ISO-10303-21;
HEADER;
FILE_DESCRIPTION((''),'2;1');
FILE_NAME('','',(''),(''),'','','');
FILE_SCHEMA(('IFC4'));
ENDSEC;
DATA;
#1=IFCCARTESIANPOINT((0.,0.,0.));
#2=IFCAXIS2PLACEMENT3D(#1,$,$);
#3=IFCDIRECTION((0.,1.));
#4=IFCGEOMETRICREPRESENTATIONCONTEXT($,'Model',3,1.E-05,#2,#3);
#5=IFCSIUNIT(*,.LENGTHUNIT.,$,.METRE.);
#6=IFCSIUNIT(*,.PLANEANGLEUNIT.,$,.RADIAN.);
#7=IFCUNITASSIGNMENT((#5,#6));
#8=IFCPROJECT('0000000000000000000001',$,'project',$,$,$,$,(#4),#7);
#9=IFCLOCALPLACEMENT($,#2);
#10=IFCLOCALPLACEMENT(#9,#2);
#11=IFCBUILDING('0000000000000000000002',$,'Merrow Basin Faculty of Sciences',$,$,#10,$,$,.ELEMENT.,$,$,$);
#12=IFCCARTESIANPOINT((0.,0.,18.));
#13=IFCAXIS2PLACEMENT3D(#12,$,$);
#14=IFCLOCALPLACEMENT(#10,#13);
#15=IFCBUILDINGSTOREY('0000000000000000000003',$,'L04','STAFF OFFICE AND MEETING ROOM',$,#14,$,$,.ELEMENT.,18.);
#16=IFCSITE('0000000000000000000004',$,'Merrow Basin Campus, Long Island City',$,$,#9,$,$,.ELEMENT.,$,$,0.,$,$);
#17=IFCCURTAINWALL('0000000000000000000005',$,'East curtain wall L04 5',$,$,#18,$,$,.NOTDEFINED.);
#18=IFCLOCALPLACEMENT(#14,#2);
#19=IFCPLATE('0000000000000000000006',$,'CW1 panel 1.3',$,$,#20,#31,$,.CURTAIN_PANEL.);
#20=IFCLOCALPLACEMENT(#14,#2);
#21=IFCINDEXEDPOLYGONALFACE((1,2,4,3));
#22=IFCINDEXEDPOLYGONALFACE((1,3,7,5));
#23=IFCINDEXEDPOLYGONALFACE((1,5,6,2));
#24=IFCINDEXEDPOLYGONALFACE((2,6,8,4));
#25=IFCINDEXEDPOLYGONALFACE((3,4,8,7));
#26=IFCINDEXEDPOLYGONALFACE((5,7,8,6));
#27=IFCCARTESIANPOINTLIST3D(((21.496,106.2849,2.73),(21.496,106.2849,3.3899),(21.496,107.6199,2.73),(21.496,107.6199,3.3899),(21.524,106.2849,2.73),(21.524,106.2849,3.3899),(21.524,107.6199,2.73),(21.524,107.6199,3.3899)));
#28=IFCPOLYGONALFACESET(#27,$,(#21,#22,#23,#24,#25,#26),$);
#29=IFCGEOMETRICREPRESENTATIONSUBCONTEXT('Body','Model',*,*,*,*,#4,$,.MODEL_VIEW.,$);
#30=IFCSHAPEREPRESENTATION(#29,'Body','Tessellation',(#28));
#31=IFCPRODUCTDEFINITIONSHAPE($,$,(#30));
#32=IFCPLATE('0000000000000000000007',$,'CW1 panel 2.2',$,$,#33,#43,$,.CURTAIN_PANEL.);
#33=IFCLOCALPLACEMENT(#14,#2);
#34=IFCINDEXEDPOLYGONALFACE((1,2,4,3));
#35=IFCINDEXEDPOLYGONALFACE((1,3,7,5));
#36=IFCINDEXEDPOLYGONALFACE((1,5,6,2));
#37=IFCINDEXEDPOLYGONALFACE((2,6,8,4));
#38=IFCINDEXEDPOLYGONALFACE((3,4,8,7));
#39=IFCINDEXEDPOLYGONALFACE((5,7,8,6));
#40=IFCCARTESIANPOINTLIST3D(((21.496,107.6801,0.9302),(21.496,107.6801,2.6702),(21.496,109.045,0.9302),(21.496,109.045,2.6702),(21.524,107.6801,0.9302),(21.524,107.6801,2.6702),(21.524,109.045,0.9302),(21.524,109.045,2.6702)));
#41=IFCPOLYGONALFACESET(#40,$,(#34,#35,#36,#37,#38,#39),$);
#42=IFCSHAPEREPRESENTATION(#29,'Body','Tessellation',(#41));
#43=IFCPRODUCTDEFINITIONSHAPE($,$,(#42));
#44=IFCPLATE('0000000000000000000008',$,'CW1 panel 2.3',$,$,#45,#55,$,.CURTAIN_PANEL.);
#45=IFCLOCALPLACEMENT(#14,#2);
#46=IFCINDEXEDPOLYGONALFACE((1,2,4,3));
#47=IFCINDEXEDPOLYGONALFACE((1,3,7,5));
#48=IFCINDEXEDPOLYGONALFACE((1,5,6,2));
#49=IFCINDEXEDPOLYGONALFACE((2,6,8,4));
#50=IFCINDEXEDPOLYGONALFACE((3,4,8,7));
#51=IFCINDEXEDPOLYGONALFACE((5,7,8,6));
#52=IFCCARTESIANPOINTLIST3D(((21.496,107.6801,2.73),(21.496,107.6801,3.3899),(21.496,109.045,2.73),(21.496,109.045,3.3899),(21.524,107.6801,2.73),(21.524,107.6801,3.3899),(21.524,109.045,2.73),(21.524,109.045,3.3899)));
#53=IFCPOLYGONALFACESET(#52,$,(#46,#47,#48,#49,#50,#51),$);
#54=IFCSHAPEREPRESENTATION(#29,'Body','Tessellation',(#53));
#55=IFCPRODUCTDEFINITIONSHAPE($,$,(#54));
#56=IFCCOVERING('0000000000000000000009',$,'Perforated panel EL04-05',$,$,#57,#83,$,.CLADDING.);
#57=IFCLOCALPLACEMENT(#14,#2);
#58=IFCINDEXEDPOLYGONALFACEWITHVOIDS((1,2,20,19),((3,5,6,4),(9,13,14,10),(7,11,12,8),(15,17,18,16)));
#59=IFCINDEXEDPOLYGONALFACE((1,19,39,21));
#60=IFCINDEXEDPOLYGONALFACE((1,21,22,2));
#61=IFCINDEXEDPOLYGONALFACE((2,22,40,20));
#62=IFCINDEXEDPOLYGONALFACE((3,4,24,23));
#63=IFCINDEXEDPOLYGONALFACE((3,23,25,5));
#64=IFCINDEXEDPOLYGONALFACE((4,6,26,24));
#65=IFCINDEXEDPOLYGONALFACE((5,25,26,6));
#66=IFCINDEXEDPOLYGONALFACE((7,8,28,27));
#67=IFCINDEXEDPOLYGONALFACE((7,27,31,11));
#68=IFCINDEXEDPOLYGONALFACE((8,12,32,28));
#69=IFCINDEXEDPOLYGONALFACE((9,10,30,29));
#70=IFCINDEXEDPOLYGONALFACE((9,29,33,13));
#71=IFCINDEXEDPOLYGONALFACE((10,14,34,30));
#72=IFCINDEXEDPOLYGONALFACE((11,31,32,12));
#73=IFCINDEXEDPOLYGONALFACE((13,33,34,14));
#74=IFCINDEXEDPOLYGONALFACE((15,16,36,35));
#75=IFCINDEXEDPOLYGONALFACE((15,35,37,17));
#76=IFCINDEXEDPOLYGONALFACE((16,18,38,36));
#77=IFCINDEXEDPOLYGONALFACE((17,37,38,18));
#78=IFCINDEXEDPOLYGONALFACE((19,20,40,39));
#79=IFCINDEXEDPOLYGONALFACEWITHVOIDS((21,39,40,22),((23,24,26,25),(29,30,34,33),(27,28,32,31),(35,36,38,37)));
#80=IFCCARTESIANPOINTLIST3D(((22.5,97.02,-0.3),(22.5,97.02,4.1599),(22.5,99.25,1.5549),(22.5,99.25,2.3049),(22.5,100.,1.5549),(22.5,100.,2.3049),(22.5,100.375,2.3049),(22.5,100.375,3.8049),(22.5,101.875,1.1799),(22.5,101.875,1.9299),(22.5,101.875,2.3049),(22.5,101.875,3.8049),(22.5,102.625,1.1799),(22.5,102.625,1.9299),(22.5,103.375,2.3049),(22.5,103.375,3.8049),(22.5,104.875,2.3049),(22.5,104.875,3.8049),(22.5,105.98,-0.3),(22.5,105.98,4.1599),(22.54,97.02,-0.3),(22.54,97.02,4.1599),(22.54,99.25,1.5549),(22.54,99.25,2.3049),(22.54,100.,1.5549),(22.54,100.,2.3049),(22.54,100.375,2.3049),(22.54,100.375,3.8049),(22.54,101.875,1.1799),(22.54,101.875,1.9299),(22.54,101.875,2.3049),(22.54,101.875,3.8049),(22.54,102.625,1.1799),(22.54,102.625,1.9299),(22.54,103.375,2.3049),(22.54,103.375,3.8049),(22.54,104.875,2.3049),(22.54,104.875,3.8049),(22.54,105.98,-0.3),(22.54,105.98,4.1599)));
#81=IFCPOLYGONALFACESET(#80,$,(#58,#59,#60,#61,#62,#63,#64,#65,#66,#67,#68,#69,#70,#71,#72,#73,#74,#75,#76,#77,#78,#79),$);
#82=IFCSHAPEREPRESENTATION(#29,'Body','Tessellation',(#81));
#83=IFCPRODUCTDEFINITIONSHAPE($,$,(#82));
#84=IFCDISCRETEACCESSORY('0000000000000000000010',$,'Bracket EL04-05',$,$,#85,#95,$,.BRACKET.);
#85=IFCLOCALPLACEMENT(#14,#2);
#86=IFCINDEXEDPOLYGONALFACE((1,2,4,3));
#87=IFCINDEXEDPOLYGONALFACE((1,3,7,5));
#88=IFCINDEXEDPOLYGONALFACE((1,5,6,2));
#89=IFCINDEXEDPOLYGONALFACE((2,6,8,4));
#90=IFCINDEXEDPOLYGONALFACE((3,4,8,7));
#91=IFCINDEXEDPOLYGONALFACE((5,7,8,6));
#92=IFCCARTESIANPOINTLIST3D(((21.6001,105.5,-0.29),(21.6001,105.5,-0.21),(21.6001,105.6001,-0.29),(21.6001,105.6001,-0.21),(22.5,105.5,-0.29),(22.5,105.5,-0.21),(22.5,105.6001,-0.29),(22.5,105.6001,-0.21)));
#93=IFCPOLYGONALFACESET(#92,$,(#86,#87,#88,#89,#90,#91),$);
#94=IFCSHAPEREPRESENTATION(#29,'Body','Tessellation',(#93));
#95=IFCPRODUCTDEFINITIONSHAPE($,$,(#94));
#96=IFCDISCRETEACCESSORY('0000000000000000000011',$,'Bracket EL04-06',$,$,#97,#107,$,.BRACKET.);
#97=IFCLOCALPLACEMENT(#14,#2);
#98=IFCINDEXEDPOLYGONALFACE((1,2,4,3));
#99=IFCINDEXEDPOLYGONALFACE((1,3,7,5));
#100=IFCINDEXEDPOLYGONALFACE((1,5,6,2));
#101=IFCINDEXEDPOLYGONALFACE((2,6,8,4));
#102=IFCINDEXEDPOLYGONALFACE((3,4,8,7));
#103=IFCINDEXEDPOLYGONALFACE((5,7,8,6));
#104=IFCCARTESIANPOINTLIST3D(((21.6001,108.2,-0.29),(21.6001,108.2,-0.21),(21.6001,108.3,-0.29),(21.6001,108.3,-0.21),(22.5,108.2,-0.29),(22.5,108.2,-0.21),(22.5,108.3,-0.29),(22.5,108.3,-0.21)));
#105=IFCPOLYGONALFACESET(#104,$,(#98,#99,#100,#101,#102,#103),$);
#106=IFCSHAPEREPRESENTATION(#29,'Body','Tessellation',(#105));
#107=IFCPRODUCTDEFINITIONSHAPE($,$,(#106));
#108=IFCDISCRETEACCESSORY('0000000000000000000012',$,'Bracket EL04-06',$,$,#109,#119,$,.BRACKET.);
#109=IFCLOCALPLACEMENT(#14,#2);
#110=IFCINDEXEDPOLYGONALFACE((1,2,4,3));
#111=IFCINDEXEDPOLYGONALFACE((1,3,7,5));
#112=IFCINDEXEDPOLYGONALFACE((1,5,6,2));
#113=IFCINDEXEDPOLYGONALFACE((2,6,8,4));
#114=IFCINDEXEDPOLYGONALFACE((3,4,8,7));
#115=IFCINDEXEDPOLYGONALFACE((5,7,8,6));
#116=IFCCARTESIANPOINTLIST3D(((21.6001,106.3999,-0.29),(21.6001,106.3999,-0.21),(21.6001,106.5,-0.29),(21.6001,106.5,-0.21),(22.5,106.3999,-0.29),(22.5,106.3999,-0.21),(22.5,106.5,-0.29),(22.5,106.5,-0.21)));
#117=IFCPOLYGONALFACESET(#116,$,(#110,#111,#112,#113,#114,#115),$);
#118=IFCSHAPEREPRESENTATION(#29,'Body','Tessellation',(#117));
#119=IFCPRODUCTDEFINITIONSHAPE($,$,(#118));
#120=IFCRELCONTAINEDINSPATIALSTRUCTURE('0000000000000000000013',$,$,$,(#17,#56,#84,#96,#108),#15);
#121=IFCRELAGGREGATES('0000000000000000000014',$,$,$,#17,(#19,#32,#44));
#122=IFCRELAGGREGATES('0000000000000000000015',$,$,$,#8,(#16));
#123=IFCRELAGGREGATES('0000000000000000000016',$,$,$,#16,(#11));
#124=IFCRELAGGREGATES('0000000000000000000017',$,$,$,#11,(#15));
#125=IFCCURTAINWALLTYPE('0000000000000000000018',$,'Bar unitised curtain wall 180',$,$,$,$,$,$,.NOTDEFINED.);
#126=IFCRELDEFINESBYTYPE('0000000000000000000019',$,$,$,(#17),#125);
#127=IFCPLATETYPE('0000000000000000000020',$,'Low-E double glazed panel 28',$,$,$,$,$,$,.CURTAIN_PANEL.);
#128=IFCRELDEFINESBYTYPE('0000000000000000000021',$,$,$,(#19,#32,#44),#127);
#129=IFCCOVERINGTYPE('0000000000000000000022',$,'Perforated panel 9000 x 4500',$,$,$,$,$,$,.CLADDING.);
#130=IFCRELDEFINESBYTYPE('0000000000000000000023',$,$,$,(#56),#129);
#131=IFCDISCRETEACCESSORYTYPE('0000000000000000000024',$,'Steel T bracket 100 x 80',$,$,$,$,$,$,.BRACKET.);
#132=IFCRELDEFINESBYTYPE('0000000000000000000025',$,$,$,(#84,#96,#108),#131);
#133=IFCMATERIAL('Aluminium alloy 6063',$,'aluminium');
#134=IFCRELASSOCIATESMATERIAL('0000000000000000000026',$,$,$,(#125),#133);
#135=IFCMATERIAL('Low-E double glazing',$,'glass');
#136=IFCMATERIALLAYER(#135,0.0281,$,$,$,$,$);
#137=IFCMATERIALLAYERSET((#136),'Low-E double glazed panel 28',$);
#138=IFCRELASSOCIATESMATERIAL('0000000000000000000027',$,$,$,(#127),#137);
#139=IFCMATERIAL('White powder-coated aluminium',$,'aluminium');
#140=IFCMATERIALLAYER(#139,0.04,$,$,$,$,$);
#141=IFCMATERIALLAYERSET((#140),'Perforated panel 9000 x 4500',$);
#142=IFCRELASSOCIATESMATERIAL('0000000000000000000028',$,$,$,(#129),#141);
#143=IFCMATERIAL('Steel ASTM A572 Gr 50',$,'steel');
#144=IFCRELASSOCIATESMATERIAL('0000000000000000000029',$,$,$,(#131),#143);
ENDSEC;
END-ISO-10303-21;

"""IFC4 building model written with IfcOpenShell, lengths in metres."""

from ifc_helpers import new_model, si_unit, direction, frame, origin, origin_2d, place, context, subcontext, project, spatial, polyline, rectangle, outline, extrude, source, transform, mapped, material, layer, layer_set, type_object, element, aggregate, save


model = new_model("IFC4")

# Units and contexts
model_context = context("Model", 3, precision=1e-05, world=origin(), true_north=direction((0.0, 1.0)))
body_context = subcontext(model_context, "Body", "Model", "MODEL_VIEW")
ifc_project = project(units=[si_unit("LENGTHUNIT", "METRE"), si_unit("PLANEANGLEUNIT", "RADIAN")], contexts=[model_context])

# Site, building, storey
site_placement = place(None, origin())
site = spatial("IfcSite", under=ifc_project, at=site_placement, Name="Merrow Basin Campus, Long Island City", CompositionType="ELEMENT", RefElevation=0.0)
building_placement = place(site_placement, origin())
building = spatial("IfcBuilding", under=site, at=building_placement, Name="Merrow Basin Faculty of Sciences", CompositionType="ELEMENT")
storey_placement = place(building_placement, frame((0.0, 0.0, 18.0)))
storey = spatial("IfcBuildingStorey", under=building, at=storey_placement, Name="L04", Description="STAFF OFFICE AND MEETING ROOM", CompositionType="ELEMENT", Elevation=18.0)

# Shared definitions
ifc_material_1 = material(Name="Aluminium alloy 6063", Category="aluminium")
curtain_wall_type = type_object("IfcCurtainWallType", Name="Bar unitised curtain wall 180", PredefinedType="NOTDEFINED", material=ifc_material_1)

# Curtain wall
curtain_wall_1_placement = place(storey_placement, origin())
curtain_wall_1 = element("IfcCurtainWall", 1, at=curtain_wall_1_placement, inside=storey, type_object=curtain_wall_type, Name="East curtain wall L04 5", PredefinedType="NOTDEFINED")

# Plates
ifc_material_2 = material(Name="Low-E double glazing", Category="glass")
ifc_layer_1 = layer(ifc_material_2, 0.0281)
ifc_layer_set_1 = layer_set([ifc_layer_1], Name="Low-E double glazed panel 28")
plate_type_1 = type_object("IfcPlateType", Name="Low-E double glazed panel 28", PredefinedType="CURTAIN_PANEL", material=ifc_layer_set_1)
plate_1_placement = place(storey_placement, frame((21.51, 106.9524, 2.73), z_axis=(0.0, 0.0, 1.0), x_axis=(0.0, 1.0, 0.0)))
plate_1 = element("IfcPlate", 2, at=plate_1_placement, type_object=plate_type_1, Name="CW1 panel 1.3", PredefinedType="CURTAIN_PANEL", context=body_context, shape_type="SweptSolid", body=[
    extrude(rectangle(XDim=1.335, YDim=0.0281, at=origin_2d()), origin(), (0.0, 0.0, 1.0), 0.6599),
])
plate_2_placement = place(storey_placement, frame((21.51, 108.3625, 0.9302), z_axis=(0.0, 0.0, 1.0), x_axis=(0.0, 1.0, 0.0)))
plate_2 = element("IfcPlate", 3, at=plate_2_placement, type_object=plate_type_1, Name="CW1 panel 2.2", PredefinedType="CURTAIN_PANEL", context=body_context, shape_type="SweptSolid", body=[
    extrude(rectangle(XDim=1.365, YDim=0.0281, at=origin_2d()), origin(), (0.0, 0.0, 1.0), 1.74),
])
plate_3_placement = place(storey_placement, frame((21.51, 108.3625, 2.73), z_axis=(0.0, 0.0, 1.0), x_axis=(0.0, 1.0, 0.0)))
plate_3 = element("IfcPlate", 4, at=plate_3_placement, type_object=plate_type_1, Name="CW1 panel 2.3", PredefinedType="CURTAIN_PANEL", context=body_context, shape_type="SweptSolid", body=[
    extrude(rectangle(XDim=1.365, YDim=0.0281, at=origin_2d()), origin(), (0.0, 0.0, 1.0), 0.6599),
])
aggregate(curtain_wall_1, [plate_1, plate_2, plate_3])

# Covering
ifc_material_3 = material(Name="White powder-coated aluminium", Category="aluminium")
ifc_layer_2 = layer(ifc_material_3, 0.04)
ifc_layer_set_2 = layer_set([ifc_layer_2], Name="Perforated panel 9000 x 4500")
covering_type = type_object("IfcCoveringType", Name="Perforated panel 9000 x 4500", PredefinedType="CLADDING", material=ifc_layer_set_2)
shared_shape_1 = source(origin(), body_context, "Body", "SweptSolid", [
    extrude(outline(polyline([(0.02, 0.02), (8.98, 0.02), (8.98, 4.48), (0.02, 4.48), (0.02, 0.02)]), holes=[polyline([(3.375, 1.5), (4.125, 1.5), (4.125, 2.25), (3.375, 2.25), (3.375, 1.5)]), polyline([(6.0, 1.875), (6.75, 1.875), (6.75, 2.625), (6.0, 2.625), (6.0, 1.875)]), polyline([(4.125, 2.625), (5.625, 2.625), (5.625, 4.125), (4.125, 4.125), (4.125, 2.625)]), polyline([(1.125, 2.625), (2.625, 2.625), (2.625, 4.125), (1.125, 4.125), (1.125, 2.625)])]), origin(), (0.0, 0.0, 1.0), 0.04),
])
covering_placement = place(storey_placement, frame((22.54, 106.0, -0.3201), z_axis=(-1.0, 0.0, 0.0), x_axis=(0.0, -1.0, 0.0)))
element("IfcCovering", 5, at=covering_placement, inside=storey, type_object=covering_type, Name="Perforated panel EL04-05", PredefinedType="CLADDING", context=body_context, shape_type="MappedRepresentation", body=[
    mapped(shared_shape_1, transform((0.0, 0.0, 0.0), scale=1.0)),
])

# Discrete accessories
ifc_material_4 = material(Name="Steel ASTM A572 Gr 50", Category="steel")
discrete_accessory_type = type_object("IfcDiscreteAccessoryType", Name="Steel T bracket 100 x 80", PredefinedType="BRACKET", material=ifc_material_4)
shared_shape_2 = source(origin(), body_context, "Body", "SweptSolid", [
    extrude(outline(polyline([(0.0, 0.0), (0.1001, 0.0), (0.1001, 0.0801), (0.0, 0.0801), (0.0, 0.0)])), origin(), (0.0, 0.0, 1.0), 0.8999),
])
for number, where, z_axis, x_axis, name in (
    (6, (22.5, 105.6001, -0.29), (-1.0, 0.0, 0.0), (0.0, -1.0, 0.0), "Bracket EL04-05"),
    (7, (22.5, 108.3, -0.29), (-1.0, 0.0, 0.0), (0.0, -1.0, 0.0), "Bracket EL04-06"),
    (8, (22.5, 106.5, -0.29), (-1.0, 0.0, 0.0), (0.0, -1.0, 0.0), "Bracket EL04-06"),
):
    element("IfcDiscreteAccessory", number, at=place(storey_placement, frame(where, z_axis=z_axis, x_axis=x_axis)), inside=storey, type_object=discrete_accessory_type, Name=name, PredefinedType="BRACKET", context=body_context, shape_type="MappedRepresentation", body=[
        mapped(shared_shape_2, transform((0.0, 0.0, 0.0), scale=1.0)),
    ])

save(model, "model.ifc")
